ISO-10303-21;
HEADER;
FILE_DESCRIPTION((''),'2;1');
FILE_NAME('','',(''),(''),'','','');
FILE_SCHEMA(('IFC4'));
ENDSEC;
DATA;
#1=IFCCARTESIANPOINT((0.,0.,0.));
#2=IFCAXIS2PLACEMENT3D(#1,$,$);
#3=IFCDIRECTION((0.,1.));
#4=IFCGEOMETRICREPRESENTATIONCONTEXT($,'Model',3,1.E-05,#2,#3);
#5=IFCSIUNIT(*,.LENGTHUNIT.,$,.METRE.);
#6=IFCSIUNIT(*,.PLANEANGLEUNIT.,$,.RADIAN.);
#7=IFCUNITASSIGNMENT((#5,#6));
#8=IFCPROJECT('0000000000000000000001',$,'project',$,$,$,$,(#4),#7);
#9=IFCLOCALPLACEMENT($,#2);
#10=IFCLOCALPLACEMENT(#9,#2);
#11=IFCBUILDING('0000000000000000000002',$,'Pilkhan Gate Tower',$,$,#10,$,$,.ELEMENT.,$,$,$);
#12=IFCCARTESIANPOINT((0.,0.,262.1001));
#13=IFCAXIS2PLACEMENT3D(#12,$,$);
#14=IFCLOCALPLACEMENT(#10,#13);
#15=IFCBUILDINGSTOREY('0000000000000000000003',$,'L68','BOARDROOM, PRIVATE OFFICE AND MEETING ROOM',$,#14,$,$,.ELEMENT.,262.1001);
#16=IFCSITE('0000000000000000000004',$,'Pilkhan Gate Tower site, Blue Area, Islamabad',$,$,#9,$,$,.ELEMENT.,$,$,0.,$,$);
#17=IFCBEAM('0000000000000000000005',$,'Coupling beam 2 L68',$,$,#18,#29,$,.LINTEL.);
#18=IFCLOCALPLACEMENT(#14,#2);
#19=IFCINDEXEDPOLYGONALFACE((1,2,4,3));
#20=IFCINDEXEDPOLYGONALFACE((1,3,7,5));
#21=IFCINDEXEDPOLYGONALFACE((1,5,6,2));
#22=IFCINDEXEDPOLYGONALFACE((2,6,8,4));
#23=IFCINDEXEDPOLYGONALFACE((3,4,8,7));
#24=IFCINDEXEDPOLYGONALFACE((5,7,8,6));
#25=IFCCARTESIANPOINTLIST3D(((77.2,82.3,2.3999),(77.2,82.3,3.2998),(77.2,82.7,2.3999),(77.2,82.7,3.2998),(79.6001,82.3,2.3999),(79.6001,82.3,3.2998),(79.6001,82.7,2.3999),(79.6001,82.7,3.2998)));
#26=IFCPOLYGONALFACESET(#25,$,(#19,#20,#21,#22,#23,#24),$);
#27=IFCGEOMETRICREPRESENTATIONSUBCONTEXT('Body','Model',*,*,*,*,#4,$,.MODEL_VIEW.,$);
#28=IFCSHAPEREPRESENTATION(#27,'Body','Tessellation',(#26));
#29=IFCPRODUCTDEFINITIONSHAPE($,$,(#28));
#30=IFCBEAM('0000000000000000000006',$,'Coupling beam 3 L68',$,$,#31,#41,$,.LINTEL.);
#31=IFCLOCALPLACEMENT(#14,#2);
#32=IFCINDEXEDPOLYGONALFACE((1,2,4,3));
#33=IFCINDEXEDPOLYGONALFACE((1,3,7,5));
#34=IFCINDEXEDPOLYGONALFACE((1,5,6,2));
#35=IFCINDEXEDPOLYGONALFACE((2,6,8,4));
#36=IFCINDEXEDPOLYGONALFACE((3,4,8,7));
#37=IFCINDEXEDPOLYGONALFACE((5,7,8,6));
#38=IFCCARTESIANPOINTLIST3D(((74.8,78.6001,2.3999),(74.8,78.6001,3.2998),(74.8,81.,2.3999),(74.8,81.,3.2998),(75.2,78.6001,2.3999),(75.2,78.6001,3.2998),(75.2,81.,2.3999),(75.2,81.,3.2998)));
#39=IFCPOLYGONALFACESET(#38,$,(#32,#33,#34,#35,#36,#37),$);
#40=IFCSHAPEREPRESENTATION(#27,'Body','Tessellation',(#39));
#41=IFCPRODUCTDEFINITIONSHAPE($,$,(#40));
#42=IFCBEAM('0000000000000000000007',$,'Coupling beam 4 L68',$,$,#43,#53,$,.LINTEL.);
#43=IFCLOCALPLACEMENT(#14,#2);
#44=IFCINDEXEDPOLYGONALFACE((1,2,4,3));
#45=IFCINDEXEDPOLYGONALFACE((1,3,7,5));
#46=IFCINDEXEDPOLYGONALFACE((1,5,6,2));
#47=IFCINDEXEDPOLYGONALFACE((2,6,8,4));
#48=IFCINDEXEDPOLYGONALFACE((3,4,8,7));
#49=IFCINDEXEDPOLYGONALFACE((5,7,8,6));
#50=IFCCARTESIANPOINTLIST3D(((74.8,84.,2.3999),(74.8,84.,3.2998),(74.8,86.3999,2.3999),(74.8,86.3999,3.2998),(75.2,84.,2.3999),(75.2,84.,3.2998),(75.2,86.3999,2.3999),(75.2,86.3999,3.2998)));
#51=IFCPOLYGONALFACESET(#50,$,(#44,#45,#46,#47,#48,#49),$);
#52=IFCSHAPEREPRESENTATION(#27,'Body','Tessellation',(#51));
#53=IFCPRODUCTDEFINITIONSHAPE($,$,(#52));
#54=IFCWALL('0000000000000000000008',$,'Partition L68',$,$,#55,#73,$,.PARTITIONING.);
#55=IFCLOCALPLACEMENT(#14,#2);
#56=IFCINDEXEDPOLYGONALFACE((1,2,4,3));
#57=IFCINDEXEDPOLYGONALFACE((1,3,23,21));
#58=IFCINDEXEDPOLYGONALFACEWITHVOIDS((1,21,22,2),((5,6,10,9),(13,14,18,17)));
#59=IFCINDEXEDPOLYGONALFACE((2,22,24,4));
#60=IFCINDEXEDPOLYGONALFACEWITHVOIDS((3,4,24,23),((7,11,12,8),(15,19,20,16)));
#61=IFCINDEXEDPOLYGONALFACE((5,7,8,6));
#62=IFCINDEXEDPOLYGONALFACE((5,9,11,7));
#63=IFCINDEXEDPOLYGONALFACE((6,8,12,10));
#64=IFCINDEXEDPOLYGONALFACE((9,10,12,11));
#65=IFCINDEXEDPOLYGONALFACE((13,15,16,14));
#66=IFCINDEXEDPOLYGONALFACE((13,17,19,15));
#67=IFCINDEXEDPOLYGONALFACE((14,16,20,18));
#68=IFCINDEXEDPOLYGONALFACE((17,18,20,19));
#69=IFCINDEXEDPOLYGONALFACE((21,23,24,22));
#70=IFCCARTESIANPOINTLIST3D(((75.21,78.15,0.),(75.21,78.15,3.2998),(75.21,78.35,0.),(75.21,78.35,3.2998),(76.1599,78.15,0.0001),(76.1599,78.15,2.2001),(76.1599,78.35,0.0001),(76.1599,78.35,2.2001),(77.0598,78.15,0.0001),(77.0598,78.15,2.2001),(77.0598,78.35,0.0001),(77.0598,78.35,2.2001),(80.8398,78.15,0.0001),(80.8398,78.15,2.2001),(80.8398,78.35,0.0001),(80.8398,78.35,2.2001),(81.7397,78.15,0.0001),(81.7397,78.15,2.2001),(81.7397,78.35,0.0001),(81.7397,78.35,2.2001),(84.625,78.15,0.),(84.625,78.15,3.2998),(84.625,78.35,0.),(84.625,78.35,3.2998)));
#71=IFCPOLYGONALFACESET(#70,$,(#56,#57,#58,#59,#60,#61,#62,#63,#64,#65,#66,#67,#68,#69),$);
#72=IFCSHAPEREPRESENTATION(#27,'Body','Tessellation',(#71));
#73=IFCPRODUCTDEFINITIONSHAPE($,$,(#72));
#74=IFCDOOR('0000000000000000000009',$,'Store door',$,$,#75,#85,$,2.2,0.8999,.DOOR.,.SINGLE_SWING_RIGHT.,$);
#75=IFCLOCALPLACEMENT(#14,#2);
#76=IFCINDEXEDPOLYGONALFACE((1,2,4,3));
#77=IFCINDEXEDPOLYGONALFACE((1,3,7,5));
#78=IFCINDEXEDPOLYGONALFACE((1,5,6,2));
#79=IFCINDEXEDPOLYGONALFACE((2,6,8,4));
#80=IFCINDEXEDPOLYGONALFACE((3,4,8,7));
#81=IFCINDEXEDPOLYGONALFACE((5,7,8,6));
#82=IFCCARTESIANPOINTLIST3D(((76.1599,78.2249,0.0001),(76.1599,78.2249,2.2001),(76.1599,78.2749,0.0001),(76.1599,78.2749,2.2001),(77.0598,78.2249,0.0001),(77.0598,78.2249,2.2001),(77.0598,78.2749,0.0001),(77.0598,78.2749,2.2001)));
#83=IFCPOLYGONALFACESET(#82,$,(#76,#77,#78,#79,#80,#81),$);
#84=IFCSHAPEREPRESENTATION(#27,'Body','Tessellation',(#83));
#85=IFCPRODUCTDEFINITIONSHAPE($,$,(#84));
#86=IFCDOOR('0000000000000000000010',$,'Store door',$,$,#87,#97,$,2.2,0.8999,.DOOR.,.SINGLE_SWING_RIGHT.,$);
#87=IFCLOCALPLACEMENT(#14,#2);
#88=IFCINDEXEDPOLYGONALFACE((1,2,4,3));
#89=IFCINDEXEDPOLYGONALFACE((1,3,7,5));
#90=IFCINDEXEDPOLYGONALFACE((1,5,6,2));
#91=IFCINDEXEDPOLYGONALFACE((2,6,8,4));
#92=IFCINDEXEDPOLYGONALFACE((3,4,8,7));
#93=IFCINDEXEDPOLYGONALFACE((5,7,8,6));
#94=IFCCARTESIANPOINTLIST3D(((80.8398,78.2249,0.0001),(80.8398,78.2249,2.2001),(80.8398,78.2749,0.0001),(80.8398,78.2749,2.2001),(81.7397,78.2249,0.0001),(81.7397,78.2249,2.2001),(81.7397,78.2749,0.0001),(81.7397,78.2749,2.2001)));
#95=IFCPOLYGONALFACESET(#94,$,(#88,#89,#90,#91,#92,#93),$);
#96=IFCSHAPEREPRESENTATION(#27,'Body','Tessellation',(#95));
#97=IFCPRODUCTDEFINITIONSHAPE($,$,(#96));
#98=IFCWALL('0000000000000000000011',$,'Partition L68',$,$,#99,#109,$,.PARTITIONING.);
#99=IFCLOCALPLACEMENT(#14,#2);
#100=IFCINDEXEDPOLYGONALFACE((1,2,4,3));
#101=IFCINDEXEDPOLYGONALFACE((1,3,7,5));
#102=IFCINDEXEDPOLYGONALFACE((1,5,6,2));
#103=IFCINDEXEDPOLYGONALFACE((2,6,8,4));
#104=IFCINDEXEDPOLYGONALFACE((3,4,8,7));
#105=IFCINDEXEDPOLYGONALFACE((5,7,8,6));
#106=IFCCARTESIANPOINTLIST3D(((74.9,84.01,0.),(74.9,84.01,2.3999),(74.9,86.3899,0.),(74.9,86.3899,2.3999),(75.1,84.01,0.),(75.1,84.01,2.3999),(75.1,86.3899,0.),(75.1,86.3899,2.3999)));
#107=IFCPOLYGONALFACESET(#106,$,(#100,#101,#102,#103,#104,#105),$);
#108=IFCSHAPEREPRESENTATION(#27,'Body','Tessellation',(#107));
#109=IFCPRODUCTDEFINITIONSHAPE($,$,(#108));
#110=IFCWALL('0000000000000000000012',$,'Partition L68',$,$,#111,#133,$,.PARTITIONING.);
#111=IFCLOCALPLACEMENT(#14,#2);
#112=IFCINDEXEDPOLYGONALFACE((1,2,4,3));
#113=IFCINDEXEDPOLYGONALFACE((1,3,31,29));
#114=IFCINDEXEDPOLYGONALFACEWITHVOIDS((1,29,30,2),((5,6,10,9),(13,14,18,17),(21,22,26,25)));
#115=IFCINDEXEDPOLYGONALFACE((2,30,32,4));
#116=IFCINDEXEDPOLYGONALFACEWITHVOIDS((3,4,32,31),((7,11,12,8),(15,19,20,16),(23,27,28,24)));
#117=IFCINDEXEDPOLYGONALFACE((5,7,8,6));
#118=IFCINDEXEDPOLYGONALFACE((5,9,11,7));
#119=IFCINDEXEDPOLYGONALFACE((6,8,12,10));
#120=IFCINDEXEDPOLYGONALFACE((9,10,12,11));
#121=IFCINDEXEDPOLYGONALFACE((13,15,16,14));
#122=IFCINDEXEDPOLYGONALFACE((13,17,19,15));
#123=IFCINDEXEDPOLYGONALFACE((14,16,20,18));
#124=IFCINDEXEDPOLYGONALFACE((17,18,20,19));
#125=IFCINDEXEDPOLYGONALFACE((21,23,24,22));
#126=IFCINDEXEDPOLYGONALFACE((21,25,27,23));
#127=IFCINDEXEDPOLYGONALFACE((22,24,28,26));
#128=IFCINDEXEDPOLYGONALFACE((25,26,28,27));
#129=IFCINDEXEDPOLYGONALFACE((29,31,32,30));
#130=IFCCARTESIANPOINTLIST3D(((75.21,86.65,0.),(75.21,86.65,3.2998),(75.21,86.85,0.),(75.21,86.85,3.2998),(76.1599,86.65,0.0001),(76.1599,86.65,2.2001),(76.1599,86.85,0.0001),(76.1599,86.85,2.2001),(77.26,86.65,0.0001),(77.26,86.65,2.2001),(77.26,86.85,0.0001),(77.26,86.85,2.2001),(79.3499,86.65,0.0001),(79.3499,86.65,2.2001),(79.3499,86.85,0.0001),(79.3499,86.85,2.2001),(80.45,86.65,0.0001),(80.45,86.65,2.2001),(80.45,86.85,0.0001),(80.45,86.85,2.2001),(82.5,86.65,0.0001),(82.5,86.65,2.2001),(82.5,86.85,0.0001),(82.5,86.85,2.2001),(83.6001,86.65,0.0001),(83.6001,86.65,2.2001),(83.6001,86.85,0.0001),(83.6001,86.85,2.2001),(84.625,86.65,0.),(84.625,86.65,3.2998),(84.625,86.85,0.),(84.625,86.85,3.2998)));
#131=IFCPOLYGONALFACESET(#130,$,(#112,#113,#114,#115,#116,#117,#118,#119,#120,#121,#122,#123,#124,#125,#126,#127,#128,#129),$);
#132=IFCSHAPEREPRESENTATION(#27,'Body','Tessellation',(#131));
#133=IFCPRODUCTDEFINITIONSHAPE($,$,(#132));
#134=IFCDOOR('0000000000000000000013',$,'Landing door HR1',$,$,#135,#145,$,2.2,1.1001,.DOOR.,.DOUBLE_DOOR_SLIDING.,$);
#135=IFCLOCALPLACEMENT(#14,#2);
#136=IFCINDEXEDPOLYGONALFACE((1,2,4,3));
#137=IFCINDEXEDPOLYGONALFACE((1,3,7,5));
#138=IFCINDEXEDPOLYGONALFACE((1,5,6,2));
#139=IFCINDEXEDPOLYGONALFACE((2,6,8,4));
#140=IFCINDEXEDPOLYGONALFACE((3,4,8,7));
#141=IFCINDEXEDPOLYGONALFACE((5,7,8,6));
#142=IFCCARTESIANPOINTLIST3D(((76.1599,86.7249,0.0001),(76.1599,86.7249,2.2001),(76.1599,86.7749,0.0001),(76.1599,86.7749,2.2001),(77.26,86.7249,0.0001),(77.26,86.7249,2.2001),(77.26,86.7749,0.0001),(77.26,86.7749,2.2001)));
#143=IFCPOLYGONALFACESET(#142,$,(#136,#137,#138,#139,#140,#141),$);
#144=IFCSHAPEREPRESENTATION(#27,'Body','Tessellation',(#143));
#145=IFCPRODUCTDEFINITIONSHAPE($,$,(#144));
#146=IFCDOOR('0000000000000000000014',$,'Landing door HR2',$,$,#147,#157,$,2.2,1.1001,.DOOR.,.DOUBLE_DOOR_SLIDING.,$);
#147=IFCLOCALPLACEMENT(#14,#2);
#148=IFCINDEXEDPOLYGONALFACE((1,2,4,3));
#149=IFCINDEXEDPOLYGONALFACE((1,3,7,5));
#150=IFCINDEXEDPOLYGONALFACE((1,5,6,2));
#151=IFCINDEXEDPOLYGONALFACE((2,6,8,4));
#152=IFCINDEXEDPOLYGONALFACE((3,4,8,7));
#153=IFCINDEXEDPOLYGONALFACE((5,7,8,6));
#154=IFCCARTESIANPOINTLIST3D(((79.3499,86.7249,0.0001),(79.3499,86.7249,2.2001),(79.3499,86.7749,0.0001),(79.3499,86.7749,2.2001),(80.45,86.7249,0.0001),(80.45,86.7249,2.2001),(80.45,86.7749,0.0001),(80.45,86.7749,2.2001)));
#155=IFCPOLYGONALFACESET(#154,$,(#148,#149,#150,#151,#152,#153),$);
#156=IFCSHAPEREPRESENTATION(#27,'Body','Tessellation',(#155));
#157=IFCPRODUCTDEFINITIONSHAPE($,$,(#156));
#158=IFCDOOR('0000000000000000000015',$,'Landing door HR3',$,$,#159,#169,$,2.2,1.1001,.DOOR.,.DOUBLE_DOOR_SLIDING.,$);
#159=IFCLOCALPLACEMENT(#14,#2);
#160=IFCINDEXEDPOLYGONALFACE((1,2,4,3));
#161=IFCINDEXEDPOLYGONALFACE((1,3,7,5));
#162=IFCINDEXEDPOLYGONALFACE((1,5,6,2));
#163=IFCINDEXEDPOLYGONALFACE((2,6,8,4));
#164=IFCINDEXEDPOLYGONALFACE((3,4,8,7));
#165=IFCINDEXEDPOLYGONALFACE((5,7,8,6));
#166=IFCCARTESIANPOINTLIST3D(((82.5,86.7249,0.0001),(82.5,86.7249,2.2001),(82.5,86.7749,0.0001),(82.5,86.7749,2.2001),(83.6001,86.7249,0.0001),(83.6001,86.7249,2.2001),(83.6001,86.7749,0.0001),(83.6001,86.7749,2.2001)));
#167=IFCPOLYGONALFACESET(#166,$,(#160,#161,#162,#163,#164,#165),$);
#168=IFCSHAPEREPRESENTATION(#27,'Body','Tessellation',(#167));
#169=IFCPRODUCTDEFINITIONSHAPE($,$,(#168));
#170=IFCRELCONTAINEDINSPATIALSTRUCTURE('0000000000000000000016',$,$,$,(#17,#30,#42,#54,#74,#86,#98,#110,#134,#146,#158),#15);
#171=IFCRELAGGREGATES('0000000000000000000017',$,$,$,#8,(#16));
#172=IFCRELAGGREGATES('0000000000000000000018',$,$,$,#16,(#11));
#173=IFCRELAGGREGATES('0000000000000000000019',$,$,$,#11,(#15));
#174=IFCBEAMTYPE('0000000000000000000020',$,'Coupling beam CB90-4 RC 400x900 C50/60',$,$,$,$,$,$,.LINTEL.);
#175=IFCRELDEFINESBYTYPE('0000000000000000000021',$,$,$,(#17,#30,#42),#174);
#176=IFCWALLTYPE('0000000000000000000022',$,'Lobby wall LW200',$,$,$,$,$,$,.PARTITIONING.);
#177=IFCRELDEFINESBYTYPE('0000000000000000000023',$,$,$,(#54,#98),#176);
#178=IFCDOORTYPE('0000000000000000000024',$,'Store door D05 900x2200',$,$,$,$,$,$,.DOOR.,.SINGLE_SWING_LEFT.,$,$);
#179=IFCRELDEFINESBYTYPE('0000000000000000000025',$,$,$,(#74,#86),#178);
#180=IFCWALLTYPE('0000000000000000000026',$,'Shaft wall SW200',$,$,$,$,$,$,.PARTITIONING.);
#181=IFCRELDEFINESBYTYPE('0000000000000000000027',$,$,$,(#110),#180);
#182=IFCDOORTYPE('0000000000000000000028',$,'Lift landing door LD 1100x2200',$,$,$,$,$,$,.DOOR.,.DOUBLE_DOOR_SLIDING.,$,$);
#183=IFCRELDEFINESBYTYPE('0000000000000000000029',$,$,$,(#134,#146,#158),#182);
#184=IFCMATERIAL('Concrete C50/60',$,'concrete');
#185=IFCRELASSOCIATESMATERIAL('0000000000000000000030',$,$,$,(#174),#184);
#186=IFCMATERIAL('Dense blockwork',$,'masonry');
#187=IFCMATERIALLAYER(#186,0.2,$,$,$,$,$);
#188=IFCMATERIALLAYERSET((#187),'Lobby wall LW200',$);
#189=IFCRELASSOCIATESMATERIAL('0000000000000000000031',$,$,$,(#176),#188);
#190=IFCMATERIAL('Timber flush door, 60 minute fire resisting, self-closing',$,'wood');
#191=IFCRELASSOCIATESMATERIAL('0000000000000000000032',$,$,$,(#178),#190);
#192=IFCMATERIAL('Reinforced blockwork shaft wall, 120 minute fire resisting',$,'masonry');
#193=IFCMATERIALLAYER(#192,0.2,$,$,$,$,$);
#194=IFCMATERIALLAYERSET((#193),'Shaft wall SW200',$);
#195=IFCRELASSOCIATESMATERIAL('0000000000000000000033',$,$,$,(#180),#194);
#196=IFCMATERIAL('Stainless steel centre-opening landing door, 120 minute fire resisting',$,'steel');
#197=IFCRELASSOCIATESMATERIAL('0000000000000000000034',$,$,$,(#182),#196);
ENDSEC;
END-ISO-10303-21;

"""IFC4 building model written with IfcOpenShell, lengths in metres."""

from ifc_helpers import new_model, si_unit, direction, frame, frame_2d, origin, origin_2d, place, context, subcontext, project, spatial, rectangle, extrude, material, layer, layer_set, material_profile, profile_set, type_object, element, fill, save


model = new_model("IFC4")

# Units and contexts
model_context = context("Model", 3, precision=1e-05, world=origin(), true_north=direction((0.0, 1.0)))
body_context = subcontext(model_context, "Body", "Model", "MODEL_VIEW")
ifc_project = project(units=[si_unit("LENGTHUNIT", "METRE"), si_unit("PLANEANGLEUNIT", "RADIAN")], contexts=[model_context])

# Site, building, storey
site_placement = place(None, origin())
site = spatial("IfcSite", under=ifc_project, at=site_placement, Name="Pilkhan Gate Tower site, Blue Area, Islamabad", CompositionType="ELEMENT", RefElevation=0.0)
building_placement = place(site_placement, origin())
building = spatial("IfcBuilding", under=site, at=building_placement, Name="Pilkhan Gate Tower", CompositionType="ELEMENT")
storey_placement = place(building_placement, frame((0.0, 0.0, 262.1001)))
storey = spatial("IfcBuildingStorey", under=building, at=storey_placement, Name="L68", Description="BOARDROOM, PRIVATE OFFICE AND MEETING ROOM", CompositionType="ELEMENT", Elevation=262.1001)

# Beams
ifc_material_1 = material(Name="Concrete C50/60", Category="concrete")
ifc_material_profile = material_profile(ifc_material_1, rectangle(XDim=0.3999, YDim=0.8999, at=origin_2d()), Name="RC 400x900")
ifc_profile_set = profile_set([ifc_material_profile], Name="Concrete C50/60")
beam_type = type_object("IfcBeamType", Name="Coupling beam CB90-4 RC 400x900 C50/60", PredefinedType="LINTEL", material=ifc_profile_set)
beam_placement = place(storey_placement, frame((77.2, 82.5, 2.8499), z_axis=(1.0, 0.0, 0.0), x_axis=(0.0, 1.0, 0.0)))
element("IfcBeam", 1, at=beam_placement, inside=storey, type_object=beam_type, Name="Coupling beam 2 L68", PredefinedType="LINTEL", context=body_context, shape_type="SweptSolid", body=[
    extrude(rectangle(XDim=0.3999, YDim=0.8999, at=origin_2d()), origin(), (0.0, 0.0, 1.0), 2.4001),
])
for number, where, z_axis, x_axis, name in (
    (2, (75.0, 78.6001, 2.8499), (0.0, 1.0, 0.0), (-1.0, 0.0, 0.0), "Coupling beam 3 L68"),
    (3, (75.0, 84.0, 2.8499), (0.0, 1.0, 0.0), (-1.0, 0.0, 0.0), "Coupling beam 4 L68"),
):
    element("IfcBeam", number, at=place(storey_placement, frame(where, z_axis=z_axis, x_axis=x_axis)), inside=storey, type_object=beam_type, Name=name, PredefinedType="LINTEL", context=body_context, shape_type="SweptSolid", body=[
        extrude(rectangle(XDim=0.3999, YDim=0.8999, at=origin_2d()), origin(), (0.0, 0.0, 1.0), 2.3999),
    ])

# Wall, openings, doors
ifc_material_2 = material(Name="Dense blockwork", Category="masonry")
ifc_layer_1 = layer(ifc_material_2, 0.2)
ifc_layer_set_1 = layer_set([ifc_layer_1], Name="Lobby wall LW200")
wall_type_1 = type_object("IfcWallType", Name="Lobby wall LW200", PredefinedType="PARTITIONING", material=ifc_layer_set_1)
wall_1_placement = place(storey_placement, frame((75.21, 78.25, 0.0), z_axis=(0.0, 0.0, 1.0), x_axis=(1.0, 0.0, 0.0)))
wall_1 = element("IfcWall", 4, at=wall_1_placement, inside=storey, type_object=wall_type_1, Name="Partition L68", PredefinedType="PARTITIONING", context=body_context, shape_type="SweptSolid", body=[
    extrude(rectangle(XDim=9.415, YDim=0.2, at=frame_2d((4.7075, 0.0))), origin(), (0.0, 0.0, 1.0), 3.2998),
])
opening_1_placement = place(wall_1_placement, frame((0.95, 0.0, 0.0)))
opening_1 = element("IfcOpeningElement", 5, at=opening_1_placement, cuts=wall_1, PredefinedType="OPENING", context=body_context, shape_type="SweptSolid", body=[
    extrude(rectangle(XDim=0.8999, YDim=2.2, at=frame_2d((0.45, 1.1001))), frame((0.0, 0.1099, 0.0), z_axis=(0.0, -1.0, 0.0), x_axis=(1.0, 0.0, 0.0)), (0.0, 0.0, 1.0), 0.22),
])
opening_2_placement = place(wall_1_placement, frame((5.6299, 0.0, 0.0)))
opening_2 = element("IfcOpeningElement", 6, at=opening_2_placement, cuts=wall_1, PredefinedType="OPENING", context=body_context, shape_type="SweptSolid", body=[
    extrude(rectangle(XDim=0.8999, YDim=2.2, at=frame_2d((0.45, 1.1001))), frame((0.0, 0.1099, 0.0), z_axis=(0.0, -1.0, 0.0), x_axis=(1.0, 0.0, 0.0)), (0.0, 0.0, 1.0), 0.22),
])
ifc_material_3 = material(Name="Timber flush door, 60 minute fire resisting, self-closing", Category="wood")
door_type_1 = type_object("IfcDoorType", Name="Store door D05 900x2200", OperationType="SINGLE_SWING_LEFT", PredefinedType="DOOR", material=ifc_material_3)
door_1_placement = place(opening_1_placement, origin())
door_1 = element("IfcDoor", 7, at=door_1_placement, inside=storey, type_object=door_type_1, Name="Store door", OperationType="SINGLE_SWING_RIGHT", OverallHeight=2.2, OverallWidth=0.8999, PredefinedType="DOOR", context=body_context, shape_type="SweptSolid", body=[
    extrude(rectangle(XDim=0.8999, YDim=2.2, at=frame_2d((0.45, 1.1001))), frame((0.0, 0.0249, 0.0), z_axis=(0.0, -1.0, 0.0), x_axis=(1.0, 0.0, 0.0)), (0.0, 0.0, 1.0), 0.05),
])
fill(opening_1, door_1)
door_2_placement = place(opening_2_placement, origin())
door_2 = element("IfcDoor", 8, at=door_2_placement, inside=storey, type_object=door_type_1, Name="Store door", OperationType="SINGLE_SWING_RIGHT", OverallHeight=2.2, OverallWidth=0.8999, PredefinedType="DOOR", context=body_context, shape_type="SweptSolid", body=[
    extrude(rectangle(XDim=0.8999, YDim=2.2, at=frame_2d((0.45, 1.1001))), frame((0.0, 0.0249, 0.0), z_axis=(0.0, -1.0, 0.0), x_axis=(1.0, 0.0, 0.0)), (0.0, 0.0, 1.0), 0.05),
])
fill(opening_2, door_2)

# Wall
wall_2_placement = place(storey_placement, frame((75.0, 84.01, 0.0), z_axis=(0.0, 0.0, 1.0), x_axis=(0.0, 1.0, 0.0)))
element("IfcWall", 9, at=wall_2_placement, inside=storey, type_object=wall_type_1, Name="Partition L68", PredefinedType="PARTITIONING", context=body_context, shape_type="SweptSolid", body=[
    extrude(rectangle(XDim=2.3799, YDim=0.2, at=frame_2d((1.1899, 0.0))), origin(), (0.0, 0.0, 1.0), 2.3999),
])

# Wall, openings, doors
ifc_material_4 = material(Name="Reinforced blockwork shaft wall, 120 minute fire resisting", Category="masonry")
ifc_layer_2 = layer(ifc_material_4, 0.2)
ifc_layer_set_2 = layer_set([ifc_layer_2], Name="Shaft wall SW200")
wall_type_2 = type_object("IfcWallType", Name="Shaft wall SW200", PredefinedType="PARTITIONING", material=ifc_layer_set_2)
wall_3_placement = place(storey_placement, frame((75.21, 86.75, 0.0), z_axis=(0.0, 0.0, 1.0), x_axis=(1.0, 0.0, 0.0)))
wall_3 = element("IfcWall", 10, at=wall_3_placement, inside=storey, type_object=wall_type_2, Name="Partition L68", PredefinedType="PARTITIONING", context=body_context, shape_type="SweptSolid", body=[
    extrude(rectangle(XDim=9.415, YDim=0.2, at=frame_2d((4.7075, 0.0))), origin(), (0.0, 0.0, 1.0), 3.2998),
])
opening_3_placement = place(wall_3_placement, frame((0.95, 0.0, 0.0)))
opening_3 = element("IfcOpeningElement", 11, at=opening_3_placement, cuts=wall_3, PredefinedType="OPENING", context=body_context, shape_type="SweptSolid", body=[
    extrude(rectangle(XDim=1.1001, YDim=2.2, at=frame_2d((0.55, 1.1001))), frame((0.0, 0.1099, 0.0), z_axis=(0.0, -1.0, 0.0), x_axis=(1.0, 0.0, 0.0)), (0.0, 0.0, 1.0), 0.22),
])
opening_4_placement = place(wall_3_placement, frame((4.1399, 0.0, 0.0)))
opening_4 = element("IfcOpeningElement", 12, at=opening_4_placement, cuts=wall_3, PredefinedType="OPENING", context=body_context, shape_type="SweptSolid", body=[
    extrude(rectangle(XDim=1.1001, YDim=2.2, at=frame_2d((0.55, 1.1001))), frame((0.0, 0.1099, 0.0), z_axis=(0.0, -1.0, 0.0), x_axis=(1.0, 0.0, 0.0)), (0.0, 0.0, 1.0), 0.22),
])
opening_5_placement = place(wall_3_placement, frame((7.29, 0.0, 0.0)))
opening_5 = element("IfcOpeningElement", 13, at=opening_5_placement, cuts=wall_3, PredefinedType="OPENING", context=body_context, shape_type="SweptSolid", body=[
    extrude(rectangle(XDim=1.1001, YDim=2.2, at=frame_2d((0.55, 1.1001))), frame((0.0, 0.1099, 0.0), z_axis=(0.0, -1.0, 0.0), x_axis=(1.0, 0.0, 0.0)), (0.0, 0.0, 1.0), 0.22),
])
ifc_material_5 = material(Name="Stainless steel centre-opening landing door, 120 minute fire resisting", Category="steel")
door_type_2 = type_object("IfcDoorType", Name="Lift landing door LD 1100x2200", OperationType="DOUBLE_DOOR_SLIDING", PredefinedType="DOOR", material=ifc_material_5)
door_3_placement = place(opening_3_placement, origin())
door_3 = element("IfcDoor", 14, at=door_3_placement, inside=storey, type_object=door_type_2, Name="Landing door HR1", OperationType="DOUBLE_DOOR_SLIDING", OverallHeight=2.2, OverallWidth=1.1001, PredefinedType="DOOR", context=body_context, shape_type="SweptSolid", body=[
    extrude(rectangle(XDim=1.1001, YDim=2.2, at=frame_2d((0.55, 1.1001))), frame((0.0, 0.0249, 0.0), z_axis=(0.0, -1.0, 0.0), x_axis=(1.0, 0.0, 0.0)), (0.0, 0.0, 1.0), 0.05),
])
fill(opening_3, door_3)
door_4_placement = place(opening_4_placement, origin())
door_4 = element("IfcDoor", 15, at=door_4_placement, inside=storey, type_object=door_type_2, Name="Landing door HR2", OperationType="DOUBLE_DOOR_SLIDING", OverallHeight=2.2, OverallWidth=1.1001, PredefinedType="DOOR", context=body_context, shape_type="SweptSolid", body=[
    extrude(rectangle(XDim=1.1001, YDim=2.2, at=frame_2d((0.55, 1.1001))), frame((0.0, 0.0249, 0.0), z_axis=(0.0, -1.0, 0.0), x_axis=(1.0, 0.0, 0.0)), (0.0, 0.0, 1.0), 0.05),
])
fill(opening_4, door_4)
door_5_placement = place(opening_5_placement, origin())
door_5 = element("IfcDoor", 16, at=door_5_placement, inside=storey, type_object=door_type_2, Name="Landing door HR3", OperationType="DOUBLE_DOOR_SLIDING", OverallHeight=2.2, OverallWidth=1.1001, PredefinedType="DOOR", context=body_context, shape_type="SweptSolid", body=[
    extrude(rectangle(XDim=1.1001, YDim=2.2, at=frame_2d((0.55, 1.1001))), frame((0.0, 0.0249, 0.0), z_axis=(0.0, -1.0, 0.0), x_axis=(1.0, 0.0, 0.0)), (0.0, 0.0, 1.0), 0.05),
])
fill(opening_5, door_5)

save(model, "model.ifc")
